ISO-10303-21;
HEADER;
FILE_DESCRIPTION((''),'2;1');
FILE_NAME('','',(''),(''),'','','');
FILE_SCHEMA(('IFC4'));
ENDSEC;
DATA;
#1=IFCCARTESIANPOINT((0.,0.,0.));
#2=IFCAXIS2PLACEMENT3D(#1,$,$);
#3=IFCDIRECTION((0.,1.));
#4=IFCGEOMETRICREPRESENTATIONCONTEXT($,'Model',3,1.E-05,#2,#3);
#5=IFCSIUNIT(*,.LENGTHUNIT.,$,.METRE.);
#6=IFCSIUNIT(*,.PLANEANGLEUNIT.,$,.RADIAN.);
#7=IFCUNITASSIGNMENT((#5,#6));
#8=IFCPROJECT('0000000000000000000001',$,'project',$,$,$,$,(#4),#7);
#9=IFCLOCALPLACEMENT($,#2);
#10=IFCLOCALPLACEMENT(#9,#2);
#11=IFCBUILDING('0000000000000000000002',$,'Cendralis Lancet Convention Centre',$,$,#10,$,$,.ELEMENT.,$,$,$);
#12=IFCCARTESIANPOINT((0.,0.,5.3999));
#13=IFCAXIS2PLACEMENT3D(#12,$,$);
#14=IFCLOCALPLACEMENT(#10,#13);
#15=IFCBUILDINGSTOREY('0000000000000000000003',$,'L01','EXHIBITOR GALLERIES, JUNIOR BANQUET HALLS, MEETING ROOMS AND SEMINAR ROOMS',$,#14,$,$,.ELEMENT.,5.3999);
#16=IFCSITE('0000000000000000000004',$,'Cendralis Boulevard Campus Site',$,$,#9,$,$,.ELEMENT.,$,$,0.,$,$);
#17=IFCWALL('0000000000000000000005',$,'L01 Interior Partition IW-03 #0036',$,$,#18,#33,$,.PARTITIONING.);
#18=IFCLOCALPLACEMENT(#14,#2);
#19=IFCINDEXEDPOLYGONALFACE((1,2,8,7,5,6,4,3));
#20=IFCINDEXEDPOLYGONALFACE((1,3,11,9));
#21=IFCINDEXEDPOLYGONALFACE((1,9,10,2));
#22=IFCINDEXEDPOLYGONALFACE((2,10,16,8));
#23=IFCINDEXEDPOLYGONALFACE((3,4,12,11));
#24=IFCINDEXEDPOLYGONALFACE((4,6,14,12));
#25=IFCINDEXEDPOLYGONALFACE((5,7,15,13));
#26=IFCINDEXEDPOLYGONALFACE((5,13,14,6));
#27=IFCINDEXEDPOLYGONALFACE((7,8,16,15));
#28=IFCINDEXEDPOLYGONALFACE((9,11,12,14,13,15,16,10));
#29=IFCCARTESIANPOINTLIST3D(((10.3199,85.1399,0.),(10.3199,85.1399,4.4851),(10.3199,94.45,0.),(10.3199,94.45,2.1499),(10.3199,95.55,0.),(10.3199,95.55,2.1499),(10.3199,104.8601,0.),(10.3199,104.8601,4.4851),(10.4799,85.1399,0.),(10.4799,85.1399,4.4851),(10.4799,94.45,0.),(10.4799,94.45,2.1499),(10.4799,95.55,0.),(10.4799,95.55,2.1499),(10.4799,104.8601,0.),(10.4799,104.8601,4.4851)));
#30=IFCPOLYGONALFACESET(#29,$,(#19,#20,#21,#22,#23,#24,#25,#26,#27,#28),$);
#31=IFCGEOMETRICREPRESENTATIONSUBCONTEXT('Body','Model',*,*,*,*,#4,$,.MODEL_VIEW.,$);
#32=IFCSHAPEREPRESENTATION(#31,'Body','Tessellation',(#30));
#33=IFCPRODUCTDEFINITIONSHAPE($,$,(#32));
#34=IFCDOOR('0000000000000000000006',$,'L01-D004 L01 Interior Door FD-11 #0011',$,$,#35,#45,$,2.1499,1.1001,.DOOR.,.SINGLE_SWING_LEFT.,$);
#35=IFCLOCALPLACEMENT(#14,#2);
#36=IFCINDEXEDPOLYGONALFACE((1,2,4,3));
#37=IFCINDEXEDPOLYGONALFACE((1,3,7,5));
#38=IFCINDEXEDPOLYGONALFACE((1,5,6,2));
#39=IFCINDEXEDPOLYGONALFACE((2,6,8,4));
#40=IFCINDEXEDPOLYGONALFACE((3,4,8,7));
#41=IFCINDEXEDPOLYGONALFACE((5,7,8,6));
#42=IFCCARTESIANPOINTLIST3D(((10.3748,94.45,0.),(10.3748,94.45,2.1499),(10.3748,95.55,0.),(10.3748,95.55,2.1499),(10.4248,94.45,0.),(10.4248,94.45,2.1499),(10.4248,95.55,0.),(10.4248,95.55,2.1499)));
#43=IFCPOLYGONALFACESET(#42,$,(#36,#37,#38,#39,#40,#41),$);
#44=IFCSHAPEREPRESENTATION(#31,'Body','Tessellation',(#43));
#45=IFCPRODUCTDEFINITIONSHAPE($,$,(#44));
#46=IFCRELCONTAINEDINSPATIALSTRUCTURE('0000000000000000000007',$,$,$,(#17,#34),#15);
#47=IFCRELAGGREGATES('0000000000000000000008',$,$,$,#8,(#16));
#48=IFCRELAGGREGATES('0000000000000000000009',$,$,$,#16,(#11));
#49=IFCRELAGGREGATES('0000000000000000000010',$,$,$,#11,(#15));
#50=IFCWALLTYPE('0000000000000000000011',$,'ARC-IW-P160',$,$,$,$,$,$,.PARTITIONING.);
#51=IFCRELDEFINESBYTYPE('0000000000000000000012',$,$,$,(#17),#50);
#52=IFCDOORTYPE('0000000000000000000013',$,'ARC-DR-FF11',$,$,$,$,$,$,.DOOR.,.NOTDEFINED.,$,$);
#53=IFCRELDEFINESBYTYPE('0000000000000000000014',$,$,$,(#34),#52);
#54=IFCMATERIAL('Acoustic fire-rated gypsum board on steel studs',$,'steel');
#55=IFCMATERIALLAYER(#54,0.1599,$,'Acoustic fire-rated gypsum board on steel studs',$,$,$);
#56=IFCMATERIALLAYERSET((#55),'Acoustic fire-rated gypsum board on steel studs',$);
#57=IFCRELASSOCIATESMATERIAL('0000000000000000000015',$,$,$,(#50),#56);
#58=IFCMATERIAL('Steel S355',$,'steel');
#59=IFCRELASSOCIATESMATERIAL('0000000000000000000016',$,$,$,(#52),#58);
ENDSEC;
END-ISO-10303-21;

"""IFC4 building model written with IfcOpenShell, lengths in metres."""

from ifc_helpers import new_model, si_unit, direction, frame, frame_2d, origin, place, context, subcontext, project, spatial, rectangle, extrude, material, layer, layer_set, type_object, element, fill, save


model = new_model("IFC4")

# Units and contexts
model_context = context("Model", 3, precision=1e-05, world=origin(), true_north=direction((0.0, 1.0)))
body_context = subcontext(model_context, "Body", "Model", "MODEL_VIEW")
ifc_project = project(units=[si_unit("LENGTHUNIT", "METRE"), si_unit("PLANEANGLEUNIT", "RADIAN")], contexts=[model_context])

# Site, building, storey
site_placement = place(None, origin())
site = spatial("IfcSite", under=ifc_project, at=site_placement, Name="Cendralis Boulevard Campus Site", CompositionType="ELEMENT", RefElevation=0.0)
building_placement = place(site_placement, origin())
building = spatial("IfcBuilding", under=site, at=building_placement, Name="Cendralis Lancet Convention Centre", CompositionType="ELEMENT")
storey_placement = place(building_placement, frame((0.0, 0.0, 5.3999)))
storey = spatial("IfcBuildingStorey", under=building, at=storey_placement, Name="L01", Description="EXHIBITOR GALLERIES, JUNIOR BANQUET HALLS, MEETING ROOMS AND SEMINAR ROOMS", CompositionType="ELEMENT", Elevation=5.3999)

# Shared definitions
ifc_material_1 = material(Name="Steel S355", Category="steel")

# Shared definitions
ifc_material_2 = material(Name="Acoustic fire-rated gypsum board on steel studs", Category="steel")

# Wall, opening, door
ifc_layer_1 = layer(ifc_material_2, 0.1599, Name="Acoustic fire-rated gypsum board on steel studs")
ifc_layer_set_1 = layer_set([ifc_layer_1], Name="Acoustic fire-rated gypsum board on steel studs")
wall_type_1 = type_object("IfcWallType", Name="ARC-IW-P160", PredefinedType="PARTITIONING", material=ifc_layer_set_1)
wall_1_placement = place(storey_placement, frame((10.3999, 85.1399, 0.0), z_axis=(0.0, 0.0, 1.0), x_axis=(0.0, 1.0, 0.0)))
wall_1 = element("IfcWall", 1, at=wall_1_placement, inside=storey, type_object=wall_type_1, Name="L01 Interior Partition IW-03 #0036", PredefinedType="PARTITIONING", context=body_context, shape_type="SweptSolid", body=[
    extrude(rectangle(XDim=19.7202, YDim=0.1599, at=frame_2d((9.8601, 0.0))), origin(), (0.0, 0.0, 1.0), 4.4851),
])
opening_placement = place(wall_1_placement, frame((9.3101, 0.0, 0.0)))
opening = element("IfcOpeningElement", 2, at=opening_placement, cuts=wall_1, PredefinedType="OPENING", context=body_context, shape_type="SweptSolid", body=[
    extrude(rectangle(XDim=1.1001, YDim=2.1499, at=frame_2d((0.55, 1.075))), frame((0.0, 0.0898, 0.0), z_axis=(0.0, -1.0, 0.0), x_axis=(1.0, 0.0, 0.0)), (0.0, 0.0, 1.0), 0.1799),
])
door_type = type_object("IfcDoorType", Name="ARC-DR-FF11", OperationType="NOTDEFINED", PredefinedType="DOOR", material=ifc_material_1)
door_placement = place(opening_placement, frame((1.1001, 0.0, 0.0), z_axis=(0.0, 0.0, 1.0), x_axis=(-1.0, 0.0, 0.0)))
door = element("IfcDoor", 3, at=door_placement, inside=storey, type_object=door_type, Name="L01-D004 L01 Interior Door FD-11 #0011", OperationType="SINGLE_SWING_LEFT", OverallHeight=2.1499, OverallWidth=1.1001, PredefinedType="DOOR", context=body_context, shape_type="SweptSolid", body=[
    extrude(rectangle(XDim=1.1001, YDim=2.1499, at=frame_2d((0.55, 1.075))), frame((0.0, 0.0249, 0.0), z_axis=(0.0, -1.0, 0.0), x_axis=(1.0, 0.0, 0.0)), (0.0, 0.0, 1.0), 0.05),
])
fill(opening, door)

save(model, "model.ifc")
